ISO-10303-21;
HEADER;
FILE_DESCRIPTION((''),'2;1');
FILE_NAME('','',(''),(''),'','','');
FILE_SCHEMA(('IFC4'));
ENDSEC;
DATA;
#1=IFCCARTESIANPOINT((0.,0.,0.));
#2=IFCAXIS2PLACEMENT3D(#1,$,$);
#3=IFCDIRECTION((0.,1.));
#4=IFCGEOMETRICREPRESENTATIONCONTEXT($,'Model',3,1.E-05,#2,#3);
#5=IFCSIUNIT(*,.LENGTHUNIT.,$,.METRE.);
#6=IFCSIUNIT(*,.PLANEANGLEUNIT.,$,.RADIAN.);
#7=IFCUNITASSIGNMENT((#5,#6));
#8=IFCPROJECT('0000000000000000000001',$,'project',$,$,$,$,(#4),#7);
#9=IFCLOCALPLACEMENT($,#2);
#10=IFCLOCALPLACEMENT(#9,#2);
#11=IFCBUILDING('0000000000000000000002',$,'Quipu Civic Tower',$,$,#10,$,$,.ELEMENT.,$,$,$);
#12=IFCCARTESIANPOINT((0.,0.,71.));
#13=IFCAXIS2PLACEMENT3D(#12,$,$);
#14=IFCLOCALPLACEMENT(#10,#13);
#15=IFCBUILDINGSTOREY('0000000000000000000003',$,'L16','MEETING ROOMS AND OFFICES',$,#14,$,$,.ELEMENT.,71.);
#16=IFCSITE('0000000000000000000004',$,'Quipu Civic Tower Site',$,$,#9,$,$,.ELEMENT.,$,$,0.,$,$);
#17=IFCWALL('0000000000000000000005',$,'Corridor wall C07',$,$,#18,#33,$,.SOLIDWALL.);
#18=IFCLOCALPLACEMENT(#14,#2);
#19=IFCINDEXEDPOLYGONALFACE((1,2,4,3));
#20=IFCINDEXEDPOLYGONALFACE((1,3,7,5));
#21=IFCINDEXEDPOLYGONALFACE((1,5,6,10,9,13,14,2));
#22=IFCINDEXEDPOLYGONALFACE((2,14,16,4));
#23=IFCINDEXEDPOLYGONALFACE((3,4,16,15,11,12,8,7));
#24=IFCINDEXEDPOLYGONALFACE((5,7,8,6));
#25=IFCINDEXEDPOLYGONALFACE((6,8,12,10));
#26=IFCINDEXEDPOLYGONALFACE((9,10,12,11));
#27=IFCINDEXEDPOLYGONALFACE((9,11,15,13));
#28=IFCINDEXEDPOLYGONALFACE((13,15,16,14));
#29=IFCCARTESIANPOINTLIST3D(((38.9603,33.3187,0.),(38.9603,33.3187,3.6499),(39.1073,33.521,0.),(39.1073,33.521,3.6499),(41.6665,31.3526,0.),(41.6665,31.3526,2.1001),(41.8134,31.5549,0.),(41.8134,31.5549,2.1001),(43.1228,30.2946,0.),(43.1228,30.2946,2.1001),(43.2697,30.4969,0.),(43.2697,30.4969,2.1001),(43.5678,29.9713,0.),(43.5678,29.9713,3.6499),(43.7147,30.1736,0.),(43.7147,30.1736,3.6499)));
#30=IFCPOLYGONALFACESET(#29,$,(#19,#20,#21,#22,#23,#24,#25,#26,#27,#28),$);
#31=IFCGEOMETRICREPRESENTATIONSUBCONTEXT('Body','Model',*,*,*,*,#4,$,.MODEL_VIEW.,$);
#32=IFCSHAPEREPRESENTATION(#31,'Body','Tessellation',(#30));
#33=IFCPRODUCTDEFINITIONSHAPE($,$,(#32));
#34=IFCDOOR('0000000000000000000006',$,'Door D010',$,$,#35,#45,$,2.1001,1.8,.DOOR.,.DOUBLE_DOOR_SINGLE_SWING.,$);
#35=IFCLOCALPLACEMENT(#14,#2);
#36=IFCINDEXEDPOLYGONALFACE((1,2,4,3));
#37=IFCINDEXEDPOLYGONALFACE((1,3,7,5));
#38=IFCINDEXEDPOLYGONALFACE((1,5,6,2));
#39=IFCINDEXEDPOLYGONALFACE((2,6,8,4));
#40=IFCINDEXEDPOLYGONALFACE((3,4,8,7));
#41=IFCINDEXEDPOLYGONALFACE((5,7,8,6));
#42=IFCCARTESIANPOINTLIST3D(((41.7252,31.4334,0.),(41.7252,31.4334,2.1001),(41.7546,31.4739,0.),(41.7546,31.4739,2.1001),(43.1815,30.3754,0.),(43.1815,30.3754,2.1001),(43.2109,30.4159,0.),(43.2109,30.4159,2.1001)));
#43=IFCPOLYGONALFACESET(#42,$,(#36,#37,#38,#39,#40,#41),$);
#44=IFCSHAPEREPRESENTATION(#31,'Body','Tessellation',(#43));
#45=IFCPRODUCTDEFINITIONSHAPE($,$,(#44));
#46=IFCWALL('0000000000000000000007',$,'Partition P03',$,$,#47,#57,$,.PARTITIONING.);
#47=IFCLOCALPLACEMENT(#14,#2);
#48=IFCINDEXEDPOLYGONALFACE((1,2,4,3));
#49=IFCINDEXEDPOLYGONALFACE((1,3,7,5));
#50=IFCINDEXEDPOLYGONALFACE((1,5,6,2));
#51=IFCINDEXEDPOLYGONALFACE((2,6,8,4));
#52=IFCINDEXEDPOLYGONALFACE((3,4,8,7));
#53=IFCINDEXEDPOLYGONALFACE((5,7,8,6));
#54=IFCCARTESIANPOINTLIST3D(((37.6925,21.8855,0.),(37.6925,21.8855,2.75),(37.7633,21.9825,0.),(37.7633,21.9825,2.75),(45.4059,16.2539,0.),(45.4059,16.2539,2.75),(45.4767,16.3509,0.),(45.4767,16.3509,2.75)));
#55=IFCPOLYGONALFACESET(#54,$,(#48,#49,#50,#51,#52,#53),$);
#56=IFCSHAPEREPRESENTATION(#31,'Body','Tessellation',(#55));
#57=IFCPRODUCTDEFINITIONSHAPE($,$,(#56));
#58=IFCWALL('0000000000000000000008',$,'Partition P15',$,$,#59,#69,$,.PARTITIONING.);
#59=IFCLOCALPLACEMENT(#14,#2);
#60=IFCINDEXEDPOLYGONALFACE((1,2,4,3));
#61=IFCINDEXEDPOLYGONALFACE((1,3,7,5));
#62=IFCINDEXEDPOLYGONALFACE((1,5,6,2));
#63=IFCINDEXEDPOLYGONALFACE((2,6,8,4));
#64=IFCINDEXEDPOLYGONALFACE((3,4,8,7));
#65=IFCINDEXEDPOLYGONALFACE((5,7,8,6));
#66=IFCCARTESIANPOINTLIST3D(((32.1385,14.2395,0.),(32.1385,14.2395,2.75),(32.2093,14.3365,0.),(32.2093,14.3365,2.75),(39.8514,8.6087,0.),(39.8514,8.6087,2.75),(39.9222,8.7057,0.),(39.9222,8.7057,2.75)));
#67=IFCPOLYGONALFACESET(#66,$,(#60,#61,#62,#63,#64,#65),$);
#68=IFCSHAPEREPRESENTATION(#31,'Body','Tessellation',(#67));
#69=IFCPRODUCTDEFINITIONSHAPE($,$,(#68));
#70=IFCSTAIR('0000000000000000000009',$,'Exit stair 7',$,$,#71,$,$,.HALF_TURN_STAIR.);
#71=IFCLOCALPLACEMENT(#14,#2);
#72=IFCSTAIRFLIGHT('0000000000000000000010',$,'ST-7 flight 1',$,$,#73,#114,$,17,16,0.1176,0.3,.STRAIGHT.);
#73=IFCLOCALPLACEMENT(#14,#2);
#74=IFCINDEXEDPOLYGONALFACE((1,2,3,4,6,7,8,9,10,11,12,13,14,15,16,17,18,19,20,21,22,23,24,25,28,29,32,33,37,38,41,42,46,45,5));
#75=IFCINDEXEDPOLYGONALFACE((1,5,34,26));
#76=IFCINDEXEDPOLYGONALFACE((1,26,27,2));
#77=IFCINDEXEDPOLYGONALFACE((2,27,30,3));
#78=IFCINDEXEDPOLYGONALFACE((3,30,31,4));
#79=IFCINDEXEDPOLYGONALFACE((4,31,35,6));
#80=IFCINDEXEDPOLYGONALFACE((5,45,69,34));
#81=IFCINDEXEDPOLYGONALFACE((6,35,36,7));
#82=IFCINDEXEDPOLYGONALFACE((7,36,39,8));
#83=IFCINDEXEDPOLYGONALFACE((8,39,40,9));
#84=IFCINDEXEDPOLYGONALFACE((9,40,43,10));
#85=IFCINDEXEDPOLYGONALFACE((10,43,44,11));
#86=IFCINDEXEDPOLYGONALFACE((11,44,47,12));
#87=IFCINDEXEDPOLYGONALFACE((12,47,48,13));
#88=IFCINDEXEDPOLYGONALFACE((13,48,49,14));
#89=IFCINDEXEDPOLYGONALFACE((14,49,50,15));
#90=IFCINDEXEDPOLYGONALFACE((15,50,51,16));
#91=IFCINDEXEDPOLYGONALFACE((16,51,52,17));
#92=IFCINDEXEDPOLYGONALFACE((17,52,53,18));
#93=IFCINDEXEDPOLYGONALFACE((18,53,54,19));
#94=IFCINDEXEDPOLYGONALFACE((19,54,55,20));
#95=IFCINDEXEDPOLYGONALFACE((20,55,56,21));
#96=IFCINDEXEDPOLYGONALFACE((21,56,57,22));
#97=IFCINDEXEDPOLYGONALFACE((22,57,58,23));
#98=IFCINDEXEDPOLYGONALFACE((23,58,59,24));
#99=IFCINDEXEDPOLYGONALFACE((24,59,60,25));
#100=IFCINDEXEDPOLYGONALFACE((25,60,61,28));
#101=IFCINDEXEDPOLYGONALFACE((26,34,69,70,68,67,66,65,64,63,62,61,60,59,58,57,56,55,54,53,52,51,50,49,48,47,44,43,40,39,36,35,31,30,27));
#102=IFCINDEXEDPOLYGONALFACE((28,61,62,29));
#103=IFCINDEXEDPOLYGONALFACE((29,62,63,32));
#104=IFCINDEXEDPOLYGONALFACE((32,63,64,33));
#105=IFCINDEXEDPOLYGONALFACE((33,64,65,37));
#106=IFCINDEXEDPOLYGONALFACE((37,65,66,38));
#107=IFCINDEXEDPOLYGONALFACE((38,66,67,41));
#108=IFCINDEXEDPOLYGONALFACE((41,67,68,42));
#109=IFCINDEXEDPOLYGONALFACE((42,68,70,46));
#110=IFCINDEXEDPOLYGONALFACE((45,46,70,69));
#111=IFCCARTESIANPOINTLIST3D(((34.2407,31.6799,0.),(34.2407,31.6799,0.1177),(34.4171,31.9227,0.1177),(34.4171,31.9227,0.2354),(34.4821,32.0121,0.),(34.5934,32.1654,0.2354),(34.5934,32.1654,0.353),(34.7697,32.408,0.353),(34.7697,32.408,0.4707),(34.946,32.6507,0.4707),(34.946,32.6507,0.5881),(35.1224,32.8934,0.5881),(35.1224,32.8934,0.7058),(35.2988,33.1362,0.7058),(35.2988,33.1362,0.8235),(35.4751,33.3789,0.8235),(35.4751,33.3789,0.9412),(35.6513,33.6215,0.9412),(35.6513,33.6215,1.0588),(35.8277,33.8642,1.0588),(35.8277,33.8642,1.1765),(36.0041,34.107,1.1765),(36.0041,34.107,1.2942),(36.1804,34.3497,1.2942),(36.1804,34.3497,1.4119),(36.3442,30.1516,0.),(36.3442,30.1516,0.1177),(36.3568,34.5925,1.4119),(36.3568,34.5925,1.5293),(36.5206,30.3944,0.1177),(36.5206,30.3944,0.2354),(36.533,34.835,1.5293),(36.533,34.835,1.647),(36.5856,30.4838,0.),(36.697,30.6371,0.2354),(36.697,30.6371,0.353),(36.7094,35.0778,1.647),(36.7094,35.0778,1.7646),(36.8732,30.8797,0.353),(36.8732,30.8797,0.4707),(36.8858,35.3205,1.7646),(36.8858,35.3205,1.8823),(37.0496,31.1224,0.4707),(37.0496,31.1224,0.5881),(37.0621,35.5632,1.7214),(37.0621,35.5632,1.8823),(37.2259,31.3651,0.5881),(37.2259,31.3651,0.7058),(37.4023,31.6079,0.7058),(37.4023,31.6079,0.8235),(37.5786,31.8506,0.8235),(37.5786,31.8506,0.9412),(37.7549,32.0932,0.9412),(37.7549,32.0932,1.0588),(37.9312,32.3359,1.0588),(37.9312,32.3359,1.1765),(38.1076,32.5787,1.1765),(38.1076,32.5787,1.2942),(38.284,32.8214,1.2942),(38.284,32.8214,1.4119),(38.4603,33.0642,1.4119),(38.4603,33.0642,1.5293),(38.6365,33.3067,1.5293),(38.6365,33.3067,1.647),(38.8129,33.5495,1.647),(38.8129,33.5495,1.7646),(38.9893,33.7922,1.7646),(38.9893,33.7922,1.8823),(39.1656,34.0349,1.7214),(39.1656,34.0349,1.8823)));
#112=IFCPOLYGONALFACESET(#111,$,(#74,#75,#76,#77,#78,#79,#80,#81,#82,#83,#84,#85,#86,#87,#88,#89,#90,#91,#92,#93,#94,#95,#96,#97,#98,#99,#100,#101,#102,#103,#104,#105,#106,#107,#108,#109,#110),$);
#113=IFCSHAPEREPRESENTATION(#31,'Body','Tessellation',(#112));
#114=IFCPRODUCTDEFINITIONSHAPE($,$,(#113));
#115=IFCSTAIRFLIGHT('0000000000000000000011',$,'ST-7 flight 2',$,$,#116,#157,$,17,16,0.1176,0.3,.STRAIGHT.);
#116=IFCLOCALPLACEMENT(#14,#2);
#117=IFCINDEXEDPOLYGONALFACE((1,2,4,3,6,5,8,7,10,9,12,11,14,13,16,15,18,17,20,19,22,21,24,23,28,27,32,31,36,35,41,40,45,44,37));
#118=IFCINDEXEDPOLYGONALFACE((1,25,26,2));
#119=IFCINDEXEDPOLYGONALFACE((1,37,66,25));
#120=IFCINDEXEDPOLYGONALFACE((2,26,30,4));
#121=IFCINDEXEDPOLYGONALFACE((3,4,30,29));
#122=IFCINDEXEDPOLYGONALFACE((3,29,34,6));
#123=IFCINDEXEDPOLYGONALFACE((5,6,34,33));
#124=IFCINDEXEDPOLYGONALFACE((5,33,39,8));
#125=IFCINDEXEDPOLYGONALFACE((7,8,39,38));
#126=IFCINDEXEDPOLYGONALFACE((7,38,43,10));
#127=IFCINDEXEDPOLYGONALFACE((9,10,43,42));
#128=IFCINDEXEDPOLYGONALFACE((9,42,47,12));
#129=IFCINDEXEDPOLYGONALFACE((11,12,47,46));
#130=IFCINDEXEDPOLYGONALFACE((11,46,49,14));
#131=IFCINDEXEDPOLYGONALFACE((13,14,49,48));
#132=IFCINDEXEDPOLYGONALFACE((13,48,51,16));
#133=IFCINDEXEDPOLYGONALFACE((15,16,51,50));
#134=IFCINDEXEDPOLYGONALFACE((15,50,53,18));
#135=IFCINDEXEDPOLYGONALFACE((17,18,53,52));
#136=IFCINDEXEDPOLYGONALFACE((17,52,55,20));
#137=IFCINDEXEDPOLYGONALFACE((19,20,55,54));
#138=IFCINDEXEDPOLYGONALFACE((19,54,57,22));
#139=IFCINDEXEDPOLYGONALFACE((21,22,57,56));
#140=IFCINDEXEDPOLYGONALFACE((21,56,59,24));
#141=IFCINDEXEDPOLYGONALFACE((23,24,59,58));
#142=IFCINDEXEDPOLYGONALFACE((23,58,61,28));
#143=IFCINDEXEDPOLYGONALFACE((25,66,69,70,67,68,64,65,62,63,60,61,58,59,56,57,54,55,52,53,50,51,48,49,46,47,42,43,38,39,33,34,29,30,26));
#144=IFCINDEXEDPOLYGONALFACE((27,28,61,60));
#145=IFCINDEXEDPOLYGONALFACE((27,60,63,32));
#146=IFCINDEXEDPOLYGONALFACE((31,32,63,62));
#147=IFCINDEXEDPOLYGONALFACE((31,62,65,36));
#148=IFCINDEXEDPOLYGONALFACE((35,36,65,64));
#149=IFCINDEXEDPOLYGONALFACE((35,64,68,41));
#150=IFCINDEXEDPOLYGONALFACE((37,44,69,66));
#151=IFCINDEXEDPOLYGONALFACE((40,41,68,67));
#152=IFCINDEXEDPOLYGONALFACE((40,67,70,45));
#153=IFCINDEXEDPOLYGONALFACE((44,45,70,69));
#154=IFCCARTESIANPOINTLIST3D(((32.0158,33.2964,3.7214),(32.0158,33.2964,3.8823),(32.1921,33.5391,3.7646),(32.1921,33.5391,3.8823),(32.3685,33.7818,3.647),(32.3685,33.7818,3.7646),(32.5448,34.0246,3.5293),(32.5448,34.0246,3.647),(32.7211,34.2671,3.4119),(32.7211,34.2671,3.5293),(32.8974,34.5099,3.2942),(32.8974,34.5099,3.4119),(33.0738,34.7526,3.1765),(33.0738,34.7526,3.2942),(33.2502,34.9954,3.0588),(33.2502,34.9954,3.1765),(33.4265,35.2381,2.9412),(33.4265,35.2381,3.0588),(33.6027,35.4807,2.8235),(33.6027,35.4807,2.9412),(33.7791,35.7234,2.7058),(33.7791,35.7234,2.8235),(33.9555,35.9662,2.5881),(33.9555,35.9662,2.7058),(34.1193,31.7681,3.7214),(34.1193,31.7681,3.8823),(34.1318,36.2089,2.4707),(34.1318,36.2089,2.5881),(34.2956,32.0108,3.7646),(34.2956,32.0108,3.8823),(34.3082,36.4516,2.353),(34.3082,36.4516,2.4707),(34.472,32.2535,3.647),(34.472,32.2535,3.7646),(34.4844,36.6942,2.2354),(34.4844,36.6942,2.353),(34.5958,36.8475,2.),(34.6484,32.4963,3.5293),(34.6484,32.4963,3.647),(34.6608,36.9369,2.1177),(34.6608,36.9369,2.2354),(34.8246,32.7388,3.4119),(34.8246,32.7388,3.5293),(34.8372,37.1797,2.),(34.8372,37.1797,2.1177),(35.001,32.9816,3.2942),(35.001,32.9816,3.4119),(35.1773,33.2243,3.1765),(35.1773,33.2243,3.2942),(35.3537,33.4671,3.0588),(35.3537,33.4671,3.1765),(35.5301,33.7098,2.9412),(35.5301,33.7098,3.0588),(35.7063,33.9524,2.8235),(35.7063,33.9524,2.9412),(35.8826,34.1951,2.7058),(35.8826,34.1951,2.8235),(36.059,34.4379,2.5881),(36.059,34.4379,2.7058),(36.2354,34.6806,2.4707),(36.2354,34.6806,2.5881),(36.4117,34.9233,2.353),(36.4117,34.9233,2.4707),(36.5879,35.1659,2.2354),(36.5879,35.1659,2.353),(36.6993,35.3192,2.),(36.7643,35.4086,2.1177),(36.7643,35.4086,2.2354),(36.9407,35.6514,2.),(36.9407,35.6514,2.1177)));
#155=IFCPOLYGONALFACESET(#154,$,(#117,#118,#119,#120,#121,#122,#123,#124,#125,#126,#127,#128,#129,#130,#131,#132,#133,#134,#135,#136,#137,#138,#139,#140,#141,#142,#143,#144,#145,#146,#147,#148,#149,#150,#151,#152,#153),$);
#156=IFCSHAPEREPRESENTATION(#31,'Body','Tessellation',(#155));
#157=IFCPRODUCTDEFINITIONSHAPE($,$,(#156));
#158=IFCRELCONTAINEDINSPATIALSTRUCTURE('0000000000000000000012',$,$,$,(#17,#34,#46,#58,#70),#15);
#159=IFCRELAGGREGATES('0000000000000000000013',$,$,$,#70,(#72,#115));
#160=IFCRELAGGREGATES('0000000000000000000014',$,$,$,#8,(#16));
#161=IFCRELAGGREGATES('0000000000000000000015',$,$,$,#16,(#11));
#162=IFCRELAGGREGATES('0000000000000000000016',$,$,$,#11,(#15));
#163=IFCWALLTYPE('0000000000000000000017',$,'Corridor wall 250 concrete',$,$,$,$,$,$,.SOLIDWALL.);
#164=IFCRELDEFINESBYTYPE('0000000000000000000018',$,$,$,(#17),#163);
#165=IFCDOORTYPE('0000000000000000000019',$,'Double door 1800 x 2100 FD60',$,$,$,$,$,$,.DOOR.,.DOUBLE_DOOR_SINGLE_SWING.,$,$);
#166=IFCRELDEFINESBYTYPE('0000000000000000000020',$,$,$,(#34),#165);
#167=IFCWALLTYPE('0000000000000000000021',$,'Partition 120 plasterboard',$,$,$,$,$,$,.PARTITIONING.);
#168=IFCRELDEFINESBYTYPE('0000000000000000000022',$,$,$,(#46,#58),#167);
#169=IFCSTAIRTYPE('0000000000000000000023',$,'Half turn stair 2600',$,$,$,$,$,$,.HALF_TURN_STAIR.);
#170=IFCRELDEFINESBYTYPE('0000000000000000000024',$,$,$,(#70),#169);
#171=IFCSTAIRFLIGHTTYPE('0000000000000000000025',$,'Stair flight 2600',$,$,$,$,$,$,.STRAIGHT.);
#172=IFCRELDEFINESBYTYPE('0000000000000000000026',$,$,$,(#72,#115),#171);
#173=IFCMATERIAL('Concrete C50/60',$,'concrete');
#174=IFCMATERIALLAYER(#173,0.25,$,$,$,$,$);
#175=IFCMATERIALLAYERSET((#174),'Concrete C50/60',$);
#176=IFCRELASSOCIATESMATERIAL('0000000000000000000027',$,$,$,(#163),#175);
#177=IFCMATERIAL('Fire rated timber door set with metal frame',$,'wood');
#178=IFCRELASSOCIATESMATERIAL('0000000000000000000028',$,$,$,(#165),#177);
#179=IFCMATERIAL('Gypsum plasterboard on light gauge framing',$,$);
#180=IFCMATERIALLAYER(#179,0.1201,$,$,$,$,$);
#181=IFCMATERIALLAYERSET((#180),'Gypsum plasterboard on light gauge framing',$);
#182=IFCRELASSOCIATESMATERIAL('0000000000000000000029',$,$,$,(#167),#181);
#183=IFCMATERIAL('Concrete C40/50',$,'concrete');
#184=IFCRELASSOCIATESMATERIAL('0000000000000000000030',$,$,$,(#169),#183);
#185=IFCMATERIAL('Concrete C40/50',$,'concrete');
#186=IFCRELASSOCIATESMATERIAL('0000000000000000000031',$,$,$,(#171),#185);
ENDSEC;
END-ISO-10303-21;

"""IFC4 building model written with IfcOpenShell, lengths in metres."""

from ifc_helpers import new_model, si_unit, direction, frame, frame_2d, origin, place, context, subcontext, project, spatial, polyline, rectangle, outline, extrude, material, layer, layer_set, type_object, element, fill, aggregate, save


model = new_model("IFC4")

# Units and contexts
model_context = context("Model", 3, precision=1e-05, world=origin(), true_north=direction((0.0, 1.0)))
body_context = subcontext(model_context, "Body", "Model", "MODEL_VIEW")
ifc_project = project(units=[si_unit("LENGTHUNIT", "METRE"), si_unit("PLANEANGLEUNIT", "RADIAN")], contexts=[model_context])

# Site, building, storey
site_placement = place(None, origin())
site = spatial("IfcSite", under=ifc_project, at=site_placement, Name="Quipu Civic Tower Site", CompositionType="ELEMENT", RefElevation=0.0)
building_placement = place(site_placement, origin())
building = spatial("IfcBuilding", under=site, at=building_placement, Name="Quipu Civic Tower", CompositionType="ELEMENT")
storey_placement = place(building_placement, frame((0.0, 0.0, 71.0)))
storey = spatial("IfcBuildingStorey", under=building, at=storey_placement, Name="L16", Description="MEETING ROOMS AND OFFICES", CompositionType="ELEMENT", Elevation=71.0)

# Wall, opening, door
ifc_material_1 = material(Name="Concrete C50/60", Category="concrete")
ifc_layer_1 = layer(ifc_material_1, 0.25)
ifc_layer_set_1 = layer_set([ifc_layer_1], Name="Concrete C50/60")
wall_type_1 = type_object("IfcWallType", Name="Corridor wall 250 concrete", PredefinedType="SOLIDWALL", material=ifc_layer_set_1)
wall_1_placement = place(storey_placement, frame((39.0337, 33.4199, 0.0), z_axis=(0.0, 0.0, 1.0), x_axis=(0.809023, -0.587777, 0.0)))
wall_1 = element("IfcWall", 1, at=wall_1_placement, inside=storey, type_object=wall_type_1, Name="Corridor wall C07", PredefinedType="SOLIDWALL", context=body_context, shape_type="SweptSolid", body=[
    extrude(rectangle(XDim=5.6951, YDim=0.25, at=frame_2d((2.8477, 0.0))), origin(), (0.0, 0.0, 1.0), 3.6499),
])
opening_1_placement = place(wall_1_placement, frame((3.3452, 0.0, 0.0)))
opening_1 = element("IfcOpeningElement", 2, at=opening_1_placement, cuts=wall_1, PredefinedType="OPENING", context=body_context, shape_type="SweptSolid", body=[
    extrude(rectangle(XDim=1.8, YDim=2.1001, at=frame_2d((0.8999, 1.05))), frame((0.0, 0.135, 0.0), z_axis=(0.0, -1.0, 0.0), x_axis=(1.0, 0.0, 0.0)), (0.0, 0.0, 1.0), 0.27),
])
ifc_material_2 = material(Name="Fire rated timber door set with metal frame", Category="wood")
door_type_1 = type_object("IfcDoorType", Name="Double door 1800 x 2100 FD60", OperationType="DOUBLE_DOOR_SINGLE_SWING", PredefinedType="DOOR", material=ifc_material_2)
door_1_placement = place(opening_1_placement, origin())
door_1 = element("IfcDoor", 3, at=door_1_placement, inside=storey, type_object=door_type_1, Name="Door D010", OperationType="DOUBLE_DOOR_SINGLE_SWING", OverallHeight=2.1001, OverallWidth=1.8, PredefinedType="DOOR", context=body_context, shape_type="SweptSolid", body=[
    extrude(rectangle(XDim=1.8, YDim=2.1001, at=frame_2d((0.8999, 1.05))), frame((0.0, 0.0249, 0.0), z_axis=(0.0, -1.0, 0.0), x_axis=(1.0, 0.0, 0.0)), (0.0, 0.0, 1.0), 0.05),
])
fill(opening_1, door_1)

# Walls
ifc_material_3 = material(Name="Gypsum plasterboard on light gauge framing")
ifc_layer_2 = layer(ifc_material_3, 0.1201)
ifc_layer_set_2 = layer_set([ifc_layer_2], Name="Gypsum plasterboard on light gauge framing")
wall_type_2 = type_object("IfcWallType", Name="Partition 120 plasterboard", PredefinedType="PARTITIONING", material=ifc_layer_set_2)
wall_2_placement = place(storey_placement, frame((37.7278, 21.9341, 0.0), z_axis=(0.0, 0.0, 1.0), x_axis=(0.807646, -0.589668, 0.0)))
element("IfcWall", 4, at=wall_2_placement, inside=storey, type_object=wall_type_2, Name="Partition P03", PredefinedType="PARTITIONING", context=body_context, shape_type="SweptSolid", body=[
    extrude(rectangle(XDim=9.5505, YDim=0.1201, at=frame_2d((4.7754, 0.0))), origin(), (0.0, 0.0, 1.0), 2.75),
])
wall_3_placement = place(storey_placement, frame((32.1738, 14.2881, 0.0), z_axis=(0.0, 0.0, 1.0), x_axis=(0.807665, -0.589642, 0.0)))
element("IfcWall", 5, at=wall_3_placement, inside=storey, type_object=wall_type_2, Name="Partition P15", PredefinedType="PARTITIONING", context=body_context, shape_type="SweptSolid", body=[
    extrude(rectangle(XDim=9.5496, YDim=0.1201, at=frame_2d((4.7749, 0.0))), origin(), (0.0, 0.0, 1.0), 2.75),
])

# Stair, stair flights
ifc_material_4 = material(Name="Concrete C40/50", Category="concrete")
stair_type = type_object("IfcStairType", Name="Half turn stair 2600", PredefinedType="HALF_TURN_STAIR", material=ifc_material_4)
stair_placement = place(storey_placement, origin())
stair = element("IfcStair", 6, at=stair_placement, inside=storey, type_object=stair_type, Name="Exit stair 7", PredefinedType="HALF_TURN_STAIR")
ifc_material_5 = material(Name="Concrete C40/50", Category="concrete")
stair_flight_type = type_object("IfcStairFlightType", Name="Stair flight 2600", PredefinedType="STRAIGHT", material=ifc_material_5)
stair_flight_1_placement = place(storey_placement, frame((35.2925, 30.9158, 0.0), z_axis=(0.0, 0.0, 1.0), x_axis=(0.587785, 0.809017, 0.0)))
stair_flight_1 = element("IfcStairFlight", 7, at=stair_flight_1_placement, type_object=stair_flight_type, Name="ST-7 flight 1", NumberOfRisers=17, NumberOfTreads=16, PredefinedType="STRAIGHT", RiserHeight=0.1176, TreadLength=0.3, context=body_context, shape_type="SweptSolid", body=[
    extrude(outline(polyline([(0.0, 0.0), (0.0, 0.1177), (0.3, 0.1177), (0.3, 0.2354), (0.6001, 0.2354), (0.6001, 0.353), (0.8999, 0.353), (0.8999, 0.4707), (1.2, 0.4707), (1.2, 0.5881), (1.5, 0.5881), (1.5, 0.7058), (1.8, 0.7058), (1.8, 0.8235), (2.1001, 0.8235), (2.1001, 0.9412), (2.3999, 0.9412), (2.3999, 1.0588), (2.7, 1.0588), (2.7, 1.1765), (3.0, 1.1765), (3.0, 1.2942), (3.3, 1.2942), (3.3, 1.4119), (3.6001, 1.4119), (3.6001, 1.5293), (3.8999, 1.5293), (3.8999, 1.647), (4.2, 1.647), (4.2, 1.7646), (4.5, 1.7646), (4.5, 1.8823), (4.8, 1.8823), (4.8, 2.0), (4.8, 1.7214), (0.4106, 0.0), (0.0, 0.0)])), frame((0.0, 1.3, 0.0), z_axis=(0.0, -1.0, 0.0), x_axis=(1.0, 0.0, 0.0)), (0.0, 0.0, 1.0), 2.6001),
])
stair_flight_2_placement = place(storey_placement, frame((35.8889, 36.4155, 2.0), z_axis=(0.0, 0.0, 1.0), x_axis=(-0.587785, -0.809017, 0.0)))
stair_flight_2 = element("IfcStairFlight", 8, at=stair_flight_2_placement, type_object=stair_flight_type, Name="ST-7 flight 2", NumberOfRisers=17, NumberOfTreads=16, PredefinedType="STRAIGHT", RiserHeight=0.1176, TreadLength=0.3, context=body_context, shape_type="SweptSolid", body=[
    extrude(outline(polyline([(0.0, 0.0), (0.0, 0.1177), (0.3, 0.1177), (0.3, 0.2354), (0.6001, 0.2354), (0.6001, 0.353), (0.8999, 0.353), (0.8999, 0.4707), (1.2, 0.4707), (1.2, 0.5881), (1.5, 0.5881), (1.5, 0.7058), (1.8, 0.7058), (1.8, 0.8235), (2.1001, 0.8235), (2.1001, 0.9412), (2.3999, 0.9412), (2.3999, 1.0588), (2.7, 1.0588), (2.7, 1.1765), (3.0, 1.1765), (3.0, 1.2942), (3.3, 1.2942), (3.3, 1.4119), (3.6001, 1.4119), (3.6001, 1.5293), (3.8999, 1.5293), (3.8999, 1.647), (4.2, 1.647), (4.2, 1.7646), (4.5, 1.7646), (4.5, 1.8823), (4.8, 1.8823), (4.8, 2.0), (4.8, 1.7214), (0.4106, 0.0), (0.0, 0.0)])), frame((0.0, 1.3, 0.0), z_axis=(0.0, -1.0, 0.0), x_axis=(1.0, 0.0, 0.0)), (0.0, 0.0, 1.0), 2.6001),
])
aggregate(stair, [stair_flight_1, stair_flight_2])

save(model, "model.ifc")
